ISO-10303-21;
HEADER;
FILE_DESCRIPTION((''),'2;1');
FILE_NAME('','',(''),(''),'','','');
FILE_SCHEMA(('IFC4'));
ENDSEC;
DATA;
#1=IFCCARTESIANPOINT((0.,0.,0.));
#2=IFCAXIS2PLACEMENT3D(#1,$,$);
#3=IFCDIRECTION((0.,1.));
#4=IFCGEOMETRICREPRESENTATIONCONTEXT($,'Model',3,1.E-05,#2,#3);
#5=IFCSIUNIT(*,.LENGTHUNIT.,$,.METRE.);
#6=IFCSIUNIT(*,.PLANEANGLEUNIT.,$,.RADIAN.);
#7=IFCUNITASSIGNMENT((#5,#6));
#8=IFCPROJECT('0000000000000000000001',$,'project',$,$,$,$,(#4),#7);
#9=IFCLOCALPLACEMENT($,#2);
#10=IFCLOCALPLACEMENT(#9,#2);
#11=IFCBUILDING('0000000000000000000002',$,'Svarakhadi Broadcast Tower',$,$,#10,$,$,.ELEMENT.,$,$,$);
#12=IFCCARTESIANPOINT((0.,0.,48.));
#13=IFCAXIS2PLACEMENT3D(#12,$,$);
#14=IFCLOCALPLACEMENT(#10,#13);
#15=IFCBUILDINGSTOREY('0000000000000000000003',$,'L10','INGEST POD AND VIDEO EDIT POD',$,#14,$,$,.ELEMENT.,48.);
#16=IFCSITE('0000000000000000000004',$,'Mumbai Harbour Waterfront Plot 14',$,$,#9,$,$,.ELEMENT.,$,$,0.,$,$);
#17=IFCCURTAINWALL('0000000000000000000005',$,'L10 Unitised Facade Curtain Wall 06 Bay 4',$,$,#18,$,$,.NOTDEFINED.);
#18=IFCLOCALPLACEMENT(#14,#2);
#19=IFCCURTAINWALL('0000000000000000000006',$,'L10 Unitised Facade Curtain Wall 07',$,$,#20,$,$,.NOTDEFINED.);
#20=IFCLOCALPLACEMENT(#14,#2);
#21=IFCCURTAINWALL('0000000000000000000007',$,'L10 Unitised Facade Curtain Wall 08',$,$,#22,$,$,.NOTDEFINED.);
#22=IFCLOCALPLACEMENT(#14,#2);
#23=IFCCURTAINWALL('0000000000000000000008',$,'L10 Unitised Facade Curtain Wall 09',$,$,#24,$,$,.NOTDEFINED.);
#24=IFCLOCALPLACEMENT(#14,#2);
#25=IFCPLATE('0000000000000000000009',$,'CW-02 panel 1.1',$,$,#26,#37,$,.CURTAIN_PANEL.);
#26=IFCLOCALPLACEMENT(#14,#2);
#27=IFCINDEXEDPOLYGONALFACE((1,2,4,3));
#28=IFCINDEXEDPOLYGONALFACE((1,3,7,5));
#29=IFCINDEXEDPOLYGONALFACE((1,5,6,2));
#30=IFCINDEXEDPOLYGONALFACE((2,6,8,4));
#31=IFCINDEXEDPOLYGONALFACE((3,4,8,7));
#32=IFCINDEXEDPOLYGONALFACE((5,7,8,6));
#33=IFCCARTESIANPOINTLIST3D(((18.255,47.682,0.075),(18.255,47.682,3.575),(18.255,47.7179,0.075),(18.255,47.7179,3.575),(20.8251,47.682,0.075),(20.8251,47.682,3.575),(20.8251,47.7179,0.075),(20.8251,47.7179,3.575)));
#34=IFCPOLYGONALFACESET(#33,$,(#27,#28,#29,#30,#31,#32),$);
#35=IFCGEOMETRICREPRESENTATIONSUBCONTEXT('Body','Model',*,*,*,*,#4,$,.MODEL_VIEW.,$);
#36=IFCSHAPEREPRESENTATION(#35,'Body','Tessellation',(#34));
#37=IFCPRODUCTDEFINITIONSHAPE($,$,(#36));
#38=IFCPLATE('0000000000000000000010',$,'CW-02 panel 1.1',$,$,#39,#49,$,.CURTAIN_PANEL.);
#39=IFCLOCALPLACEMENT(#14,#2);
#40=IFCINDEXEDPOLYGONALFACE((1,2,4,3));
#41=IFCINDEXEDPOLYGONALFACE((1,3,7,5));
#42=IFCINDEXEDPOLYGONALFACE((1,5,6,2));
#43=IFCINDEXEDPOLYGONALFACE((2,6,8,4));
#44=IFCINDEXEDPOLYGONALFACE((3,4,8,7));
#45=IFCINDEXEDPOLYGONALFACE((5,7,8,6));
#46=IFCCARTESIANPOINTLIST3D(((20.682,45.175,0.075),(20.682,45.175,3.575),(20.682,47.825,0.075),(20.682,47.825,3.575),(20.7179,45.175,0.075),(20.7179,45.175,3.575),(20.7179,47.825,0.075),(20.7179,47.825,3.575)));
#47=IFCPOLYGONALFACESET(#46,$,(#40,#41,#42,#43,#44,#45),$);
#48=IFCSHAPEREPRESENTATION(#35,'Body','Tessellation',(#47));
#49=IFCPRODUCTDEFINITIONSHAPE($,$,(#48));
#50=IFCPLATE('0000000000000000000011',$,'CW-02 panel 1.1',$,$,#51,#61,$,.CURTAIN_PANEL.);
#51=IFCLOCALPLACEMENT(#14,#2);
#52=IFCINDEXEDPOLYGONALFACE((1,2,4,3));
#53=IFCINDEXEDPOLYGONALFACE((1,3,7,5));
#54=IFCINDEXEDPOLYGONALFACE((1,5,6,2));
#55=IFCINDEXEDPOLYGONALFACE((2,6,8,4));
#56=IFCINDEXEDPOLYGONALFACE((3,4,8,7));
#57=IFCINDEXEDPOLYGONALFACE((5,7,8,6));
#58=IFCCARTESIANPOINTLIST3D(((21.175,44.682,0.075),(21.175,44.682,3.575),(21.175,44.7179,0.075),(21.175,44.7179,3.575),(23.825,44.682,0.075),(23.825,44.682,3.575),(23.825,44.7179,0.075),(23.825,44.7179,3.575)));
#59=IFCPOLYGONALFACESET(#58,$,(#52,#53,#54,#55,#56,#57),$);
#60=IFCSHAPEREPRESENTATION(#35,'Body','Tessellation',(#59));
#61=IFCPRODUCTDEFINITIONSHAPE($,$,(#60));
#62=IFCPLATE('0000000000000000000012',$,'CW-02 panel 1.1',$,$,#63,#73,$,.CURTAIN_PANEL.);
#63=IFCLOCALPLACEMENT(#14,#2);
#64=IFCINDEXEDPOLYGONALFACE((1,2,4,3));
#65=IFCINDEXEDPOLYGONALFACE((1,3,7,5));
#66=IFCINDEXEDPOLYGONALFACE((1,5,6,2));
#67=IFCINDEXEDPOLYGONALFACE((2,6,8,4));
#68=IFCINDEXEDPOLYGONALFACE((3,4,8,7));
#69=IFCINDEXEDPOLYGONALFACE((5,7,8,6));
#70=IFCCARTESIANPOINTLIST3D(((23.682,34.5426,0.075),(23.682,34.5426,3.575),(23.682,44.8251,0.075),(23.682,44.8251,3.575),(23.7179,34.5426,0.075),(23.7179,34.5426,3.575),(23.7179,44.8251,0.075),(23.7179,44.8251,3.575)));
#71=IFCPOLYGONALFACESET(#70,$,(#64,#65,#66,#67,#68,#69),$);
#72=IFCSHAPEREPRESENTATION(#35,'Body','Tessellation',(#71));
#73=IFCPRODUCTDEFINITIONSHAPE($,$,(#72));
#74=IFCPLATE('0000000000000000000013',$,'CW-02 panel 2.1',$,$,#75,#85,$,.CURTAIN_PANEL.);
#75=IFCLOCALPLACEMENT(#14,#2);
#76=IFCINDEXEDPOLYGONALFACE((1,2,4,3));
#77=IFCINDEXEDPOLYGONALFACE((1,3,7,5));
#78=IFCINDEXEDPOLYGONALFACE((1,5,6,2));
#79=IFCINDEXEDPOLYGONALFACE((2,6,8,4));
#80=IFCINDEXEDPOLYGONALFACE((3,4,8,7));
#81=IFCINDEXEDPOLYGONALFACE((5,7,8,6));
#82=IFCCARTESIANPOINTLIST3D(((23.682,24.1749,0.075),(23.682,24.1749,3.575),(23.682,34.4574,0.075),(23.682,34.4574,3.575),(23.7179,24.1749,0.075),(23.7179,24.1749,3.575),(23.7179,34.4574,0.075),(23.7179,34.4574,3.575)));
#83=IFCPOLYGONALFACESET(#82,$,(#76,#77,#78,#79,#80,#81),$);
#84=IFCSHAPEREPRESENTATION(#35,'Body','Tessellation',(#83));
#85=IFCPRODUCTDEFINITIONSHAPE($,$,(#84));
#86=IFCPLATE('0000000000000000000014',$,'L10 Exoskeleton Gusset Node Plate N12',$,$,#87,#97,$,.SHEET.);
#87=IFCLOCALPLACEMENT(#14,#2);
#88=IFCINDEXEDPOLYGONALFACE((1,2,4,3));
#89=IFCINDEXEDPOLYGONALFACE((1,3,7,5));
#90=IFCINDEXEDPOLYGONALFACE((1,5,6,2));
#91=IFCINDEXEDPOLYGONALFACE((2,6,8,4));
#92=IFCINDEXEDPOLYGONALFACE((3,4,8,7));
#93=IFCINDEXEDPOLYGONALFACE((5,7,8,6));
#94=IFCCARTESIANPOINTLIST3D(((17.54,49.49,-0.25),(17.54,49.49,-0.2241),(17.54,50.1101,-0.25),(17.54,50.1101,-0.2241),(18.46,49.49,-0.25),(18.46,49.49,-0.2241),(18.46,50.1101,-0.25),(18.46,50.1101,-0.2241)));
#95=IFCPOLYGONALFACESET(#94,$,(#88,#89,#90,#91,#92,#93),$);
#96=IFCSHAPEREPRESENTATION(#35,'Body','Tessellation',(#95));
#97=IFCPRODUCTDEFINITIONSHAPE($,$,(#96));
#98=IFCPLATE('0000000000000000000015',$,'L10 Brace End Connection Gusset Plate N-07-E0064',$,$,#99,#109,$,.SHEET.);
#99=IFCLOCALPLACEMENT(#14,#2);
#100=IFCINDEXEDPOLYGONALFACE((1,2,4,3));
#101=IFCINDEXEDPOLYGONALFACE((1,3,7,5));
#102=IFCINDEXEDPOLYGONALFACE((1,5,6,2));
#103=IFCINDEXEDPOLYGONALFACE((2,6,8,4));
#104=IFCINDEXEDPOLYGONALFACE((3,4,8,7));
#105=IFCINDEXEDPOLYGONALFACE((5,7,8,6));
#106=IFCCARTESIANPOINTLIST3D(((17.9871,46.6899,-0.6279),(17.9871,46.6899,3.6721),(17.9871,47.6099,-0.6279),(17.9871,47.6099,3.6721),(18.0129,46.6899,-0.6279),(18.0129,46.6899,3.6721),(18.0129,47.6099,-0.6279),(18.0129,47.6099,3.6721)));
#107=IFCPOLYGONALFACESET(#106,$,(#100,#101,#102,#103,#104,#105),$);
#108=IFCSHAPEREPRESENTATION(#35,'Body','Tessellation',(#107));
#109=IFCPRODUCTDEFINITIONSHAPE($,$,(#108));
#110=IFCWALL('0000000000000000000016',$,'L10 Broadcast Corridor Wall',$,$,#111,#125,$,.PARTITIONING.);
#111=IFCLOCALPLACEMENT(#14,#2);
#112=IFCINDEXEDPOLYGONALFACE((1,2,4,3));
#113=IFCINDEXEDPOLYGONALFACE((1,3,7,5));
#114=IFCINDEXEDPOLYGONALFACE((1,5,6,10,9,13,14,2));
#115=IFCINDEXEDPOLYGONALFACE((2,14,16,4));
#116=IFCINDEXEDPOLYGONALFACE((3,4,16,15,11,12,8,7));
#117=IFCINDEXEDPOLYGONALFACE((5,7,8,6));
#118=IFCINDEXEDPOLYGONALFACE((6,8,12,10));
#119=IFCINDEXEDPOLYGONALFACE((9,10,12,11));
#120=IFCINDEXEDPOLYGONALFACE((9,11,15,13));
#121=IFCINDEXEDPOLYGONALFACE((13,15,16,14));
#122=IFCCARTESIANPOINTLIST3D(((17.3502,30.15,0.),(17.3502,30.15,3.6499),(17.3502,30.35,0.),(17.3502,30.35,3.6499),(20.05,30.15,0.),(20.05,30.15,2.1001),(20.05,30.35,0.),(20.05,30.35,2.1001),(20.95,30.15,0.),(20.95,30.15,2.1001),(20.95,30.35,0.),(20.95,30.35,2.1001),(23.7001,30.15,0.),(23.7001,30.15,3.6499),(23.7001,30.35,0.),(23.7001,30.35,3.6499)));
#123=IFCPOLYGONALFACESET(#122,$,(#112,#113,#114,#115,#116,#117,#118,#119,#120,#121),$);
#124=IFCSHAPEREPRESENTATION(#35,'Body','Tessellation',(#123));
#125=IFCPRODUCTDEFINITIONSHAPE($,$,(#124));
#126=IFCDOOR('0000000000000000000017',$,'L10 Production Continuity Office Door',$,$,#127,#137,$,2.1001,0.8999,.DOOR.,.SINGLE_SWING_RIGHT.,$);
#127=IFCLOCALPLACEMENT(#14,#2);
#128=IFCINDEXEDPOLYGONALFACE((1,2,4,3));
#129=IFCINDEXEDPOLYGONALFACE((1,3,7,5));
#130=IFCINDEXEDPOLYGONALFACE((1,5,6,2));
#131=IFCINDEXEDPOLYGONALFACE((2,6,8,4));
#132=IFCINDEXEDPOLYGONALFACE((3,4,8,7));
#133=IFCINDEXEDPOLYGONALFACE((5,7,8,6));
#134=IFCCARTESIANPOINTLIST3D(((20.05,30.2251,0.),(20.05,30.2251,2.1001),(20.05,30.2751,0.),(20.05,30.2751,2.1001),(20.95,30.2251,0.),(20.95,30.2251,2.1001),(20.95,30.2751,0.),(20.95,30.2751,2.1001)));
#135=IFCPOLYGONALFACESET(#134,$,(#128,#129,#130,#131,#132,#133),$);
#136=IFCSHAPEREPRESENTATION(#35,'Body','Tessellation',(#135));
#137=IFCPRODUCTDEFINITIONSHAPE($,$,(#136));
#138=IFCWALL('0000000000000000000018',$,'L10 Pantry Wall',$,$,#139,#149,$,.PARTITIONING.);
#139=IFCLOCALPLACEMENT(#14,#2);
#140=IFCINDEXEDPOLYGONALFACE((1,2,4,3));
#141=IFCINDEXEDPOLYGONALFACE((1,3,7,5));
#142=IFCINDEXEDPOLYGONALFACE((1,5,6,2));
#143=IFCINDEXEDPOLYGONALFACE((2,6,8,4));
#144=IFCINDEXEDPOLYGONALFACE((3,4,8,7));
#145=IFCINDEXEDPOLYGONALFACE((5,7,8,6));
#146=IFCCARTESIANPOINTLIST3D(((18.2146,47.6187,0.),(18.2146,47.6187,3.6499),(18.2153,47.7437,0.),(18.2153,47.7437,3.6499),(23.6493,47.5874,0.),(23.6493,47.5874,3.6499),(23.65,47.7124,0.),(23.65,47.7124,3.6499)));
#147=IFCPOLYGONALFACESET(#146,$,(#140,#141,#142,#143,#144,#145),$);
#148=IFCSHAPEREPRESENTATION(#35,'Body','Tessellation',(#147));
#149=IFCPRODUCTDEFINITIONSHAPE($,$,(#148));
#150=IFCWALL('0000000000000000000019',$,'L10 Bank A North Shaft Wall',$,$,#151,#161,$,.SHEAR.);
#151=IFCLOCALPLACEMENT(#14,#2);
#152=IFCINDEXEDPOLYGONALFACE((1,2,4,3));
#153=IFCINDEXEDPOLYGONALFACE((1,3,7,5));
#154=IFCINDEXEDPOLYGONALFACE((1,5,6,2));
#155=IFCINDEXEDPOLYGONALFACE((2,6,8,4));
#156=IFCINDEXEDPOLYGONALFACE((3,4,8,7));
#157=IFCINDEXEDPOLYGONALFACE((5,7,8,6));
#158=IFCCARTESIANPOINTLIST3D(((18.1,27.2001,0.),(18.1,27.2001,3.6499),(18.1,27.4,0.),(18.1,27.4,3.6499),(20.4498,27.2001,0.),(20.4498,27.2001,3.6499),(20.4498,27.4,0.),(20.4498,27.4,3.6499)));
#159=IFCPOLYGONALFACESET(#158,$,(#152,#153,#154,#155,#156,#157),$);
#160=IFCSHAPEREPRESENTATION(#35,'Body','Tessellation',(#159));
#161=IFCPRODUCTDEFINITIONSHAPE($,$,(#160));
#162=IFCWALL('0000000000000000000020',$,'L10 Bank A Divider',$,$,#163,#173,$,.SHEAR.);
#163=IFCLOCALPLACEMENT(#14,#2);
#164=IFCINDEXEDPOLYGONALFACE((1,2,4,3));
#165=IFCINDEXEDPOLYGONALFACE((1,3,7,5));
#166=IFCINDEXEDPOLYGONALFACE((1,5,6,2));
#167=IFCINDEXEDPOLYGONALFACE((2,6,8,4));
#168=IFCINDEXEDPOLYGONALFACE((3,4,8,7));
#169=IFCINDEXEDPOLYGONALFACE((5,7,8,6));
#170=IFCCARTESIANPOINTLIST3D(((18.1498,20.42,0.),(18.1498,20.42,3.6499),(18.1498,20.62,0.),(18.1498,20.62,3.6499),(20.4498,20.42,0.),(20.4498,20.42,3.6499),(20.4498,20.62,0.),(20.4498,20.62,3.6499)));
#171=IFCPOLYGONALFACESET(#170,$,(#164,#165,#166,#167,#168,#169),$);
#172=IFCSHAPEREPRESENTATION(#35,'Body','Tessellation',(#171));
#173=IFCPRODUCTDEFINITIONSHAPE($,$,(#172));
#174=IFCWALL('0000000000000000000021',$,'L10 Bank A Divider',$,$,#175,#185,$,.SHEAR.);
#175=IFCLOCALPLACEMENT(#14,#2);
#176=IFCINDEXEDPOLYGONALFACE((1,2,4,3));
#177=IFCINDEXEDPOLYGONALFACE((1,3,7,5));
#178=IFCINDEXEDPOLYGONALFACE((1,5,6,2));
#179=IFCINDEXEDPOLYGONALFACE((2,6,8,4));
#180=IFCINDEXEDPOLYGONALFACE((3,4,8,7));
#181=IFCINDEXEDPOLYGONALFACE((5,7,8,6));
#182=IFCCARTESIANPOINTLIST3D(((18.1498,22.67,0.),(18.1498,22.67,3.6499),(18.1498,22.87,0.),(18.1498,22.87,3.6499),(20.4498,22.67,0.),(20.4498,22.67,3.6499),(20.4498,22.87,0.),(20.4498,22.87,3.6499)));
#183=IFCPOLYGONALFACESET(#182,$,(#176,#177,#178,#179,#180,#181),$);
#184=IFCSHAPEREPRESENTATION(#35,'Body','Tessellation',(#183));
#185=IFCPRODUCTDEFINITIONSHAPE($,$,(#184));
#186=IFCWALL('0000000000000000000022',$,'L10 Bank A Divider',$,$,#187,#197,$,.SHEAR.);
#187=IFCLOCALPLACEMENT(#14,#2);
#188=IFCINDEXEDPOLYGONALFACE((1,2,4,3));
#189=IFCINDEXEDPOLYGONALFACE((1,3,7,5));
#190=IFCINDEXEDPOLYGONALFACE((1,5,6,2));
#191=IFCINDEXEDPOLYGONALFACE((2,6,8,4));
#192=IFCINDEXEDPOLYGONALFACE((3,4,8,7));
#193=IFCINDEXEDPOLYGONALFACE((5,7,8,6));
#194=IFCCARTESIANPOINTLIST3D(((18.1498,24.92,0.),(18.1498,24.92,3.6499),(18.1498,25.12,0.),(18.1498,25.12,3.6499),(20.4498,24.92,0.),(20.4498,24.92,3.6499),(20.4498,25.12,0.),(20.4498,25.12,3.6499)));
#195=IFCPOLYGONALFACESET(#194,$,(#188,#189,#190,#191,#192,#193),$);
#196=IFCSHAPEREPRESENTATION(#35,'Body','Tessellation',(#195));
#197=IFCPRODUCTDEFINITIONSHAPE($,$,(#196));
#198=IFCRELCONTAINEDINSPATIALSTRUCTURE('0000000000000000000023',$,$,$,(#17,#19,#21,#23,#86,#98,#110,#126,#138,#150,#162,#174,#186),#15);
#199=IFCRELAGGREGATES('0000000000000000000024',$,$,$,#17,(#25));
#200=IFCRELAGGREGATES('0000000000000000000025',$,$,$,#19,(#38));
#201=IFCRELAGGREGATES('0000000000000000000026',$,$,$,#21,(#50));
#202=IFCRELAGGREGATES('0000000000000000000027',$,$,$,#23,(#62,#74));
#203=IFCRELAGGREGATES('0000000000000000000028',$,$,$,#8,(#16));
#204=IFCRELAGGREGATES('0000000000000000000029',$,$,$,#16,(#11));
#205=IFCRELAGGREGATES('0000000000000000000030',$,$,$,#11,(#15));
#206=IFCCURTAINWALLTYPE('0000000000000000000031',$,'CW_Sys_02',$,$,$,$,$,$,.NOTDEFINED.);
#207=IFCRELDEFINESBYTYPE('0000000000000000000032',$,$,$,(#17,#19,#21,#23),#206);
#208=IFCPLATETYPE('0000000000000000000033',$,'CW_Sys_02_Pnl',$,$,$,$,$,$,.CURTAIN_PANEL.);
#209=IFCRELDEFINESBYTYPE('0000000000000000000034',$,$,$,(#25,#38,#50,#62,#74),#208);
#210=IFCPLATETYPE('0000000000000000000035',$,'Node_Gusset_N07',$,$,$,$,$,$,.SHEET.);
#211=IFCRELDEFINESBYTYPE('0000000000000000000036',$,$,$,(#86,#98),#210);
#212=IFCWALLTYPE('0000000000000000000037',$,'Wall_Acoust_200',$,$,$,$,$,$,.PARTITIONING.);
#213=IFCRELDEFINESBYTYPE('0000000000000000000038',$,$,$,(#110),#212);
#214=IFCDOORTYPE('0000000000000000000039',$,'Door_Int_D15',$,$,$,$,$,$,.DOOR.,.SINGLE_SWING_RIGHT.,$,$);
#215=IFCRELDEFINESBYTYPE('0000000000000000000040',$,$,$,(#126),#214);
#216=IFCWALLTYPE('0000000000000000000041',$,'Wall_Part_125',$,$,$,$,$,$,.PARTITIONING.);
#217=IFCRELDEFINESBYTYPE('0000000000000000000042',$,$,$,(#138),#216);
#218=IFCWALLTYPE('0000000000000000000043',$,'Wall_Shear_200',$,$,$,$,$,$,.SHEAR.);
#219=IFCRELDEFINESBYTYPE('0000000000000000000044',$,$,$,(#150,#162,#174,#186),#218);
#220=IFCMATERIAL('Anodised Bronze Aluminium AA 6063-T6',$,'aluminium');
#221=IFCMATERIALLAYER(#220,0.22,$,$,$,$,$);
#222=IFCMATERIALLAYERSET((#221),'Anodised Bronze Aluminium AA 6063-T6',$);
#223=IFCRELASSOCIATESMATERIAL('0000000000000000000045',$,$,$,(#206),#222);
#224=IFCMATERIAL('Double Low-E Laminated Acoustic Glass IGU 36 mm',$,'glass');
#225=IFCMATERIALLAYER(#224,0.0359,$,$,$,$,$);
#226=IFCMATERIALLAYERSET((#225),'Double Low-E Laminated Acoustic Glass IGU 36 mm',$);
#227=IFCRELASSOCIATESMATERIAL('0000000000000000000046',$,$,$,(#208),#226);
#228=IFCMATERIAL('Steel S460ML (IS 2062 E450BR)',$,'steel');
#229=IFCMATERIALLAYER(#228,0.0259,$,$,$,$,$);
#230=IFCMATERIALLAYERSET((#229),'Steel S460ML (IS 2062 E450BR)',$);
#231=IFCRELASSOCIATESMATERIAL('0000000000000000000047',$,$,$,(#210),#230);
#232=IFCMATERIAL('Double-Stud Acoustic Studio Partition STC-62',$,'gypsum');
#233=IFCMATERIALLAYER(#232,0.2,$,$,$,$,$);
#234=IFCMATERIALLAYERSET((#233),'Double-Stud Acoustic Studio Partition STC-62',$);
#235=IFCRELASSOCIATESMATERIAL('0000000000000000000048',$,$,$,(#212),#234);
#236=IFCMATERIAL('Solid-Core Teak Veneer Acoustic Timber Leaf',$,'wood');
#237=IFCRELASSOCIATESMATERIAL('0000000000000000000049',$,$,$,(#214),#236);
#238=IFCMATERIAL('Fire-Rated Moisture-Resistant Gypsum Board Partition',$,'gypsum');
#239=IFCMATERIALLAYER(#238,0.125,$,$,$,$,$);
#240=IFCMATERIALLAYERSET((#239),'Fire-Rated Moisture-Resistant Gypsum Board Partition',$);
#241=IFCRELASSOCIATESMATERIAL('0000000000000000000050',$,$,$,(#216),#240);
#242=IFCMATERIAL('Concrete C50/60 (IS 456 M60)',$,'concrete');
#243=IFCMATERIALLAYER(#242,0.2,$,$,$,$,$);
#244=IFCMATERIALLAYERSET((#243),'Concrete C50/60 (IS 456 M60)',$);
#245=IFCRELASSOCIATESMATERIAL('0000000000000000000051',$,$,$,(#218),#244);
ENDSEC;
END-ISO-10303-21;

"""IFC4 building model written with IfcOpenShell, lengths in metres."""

from ifc_helpers import new_model, si_unit, direction, frame, frame_2d, origin, origin_2d, place, context, subcontext, project, spatial, rectangle, extrude, material, layer, layer_set, type_object, element, fill, aggregate, save


model = new_model("IFC4")

# Units and contexts
model_context = context("Model", 3, precision=1e-05, world=origin(), true_north=direction((0.0, 1.0)))
body_context = subcontext(model_context, "Body", "Model", "MODEL_VIEW")
ifc_project = project(units=[si_unit("LENGTHUNIT", "METRE"), si_unit("PLANEANGLEUNIT", "RADIAN")], contexts=[model_context])

# Site, building, storey
site_placement = place(None, origin())
site = spatial("IfcSite", under=ifc_project, at=site_placement, Name="Mumbai Harbour Waterfront Plot 14", CompositionType="ELEMENT", RefElevation=0.0)
building_placement = place(site_placement, origin())
building = spatial("IfcBuilding", under=site, at=building_placement, Name="Svarakhadi Broadcast Tower", CompositionType="ELEMENT")
storey_placement = place(building_placement, frame((0.0, 0.0, 48.0)))
storey = spatial("IfcBuildingStorey", under=building, at=storey_placement, Name="L10", Description="INGEST POD AND VIDEO EDIT POD", CompositionType="ELEMENT", Elevation=48.0)

# Curtain walls
ifc_material_1 = material(Name="Anodised Bronze Aluminium AA 6063-T6", Category="aluminium")
ifc_layer_1 = layer(ifc_material_1, 0.22)
ifc_layer_set_1 = layer_set([ifc_layer_1], Name="Anodised Bronze Aluminium AA 6063-T6")
curtain_wall_type = type_object("IfcCurtainWallType", Name="CW_Sys_02", PredefinedType="NOTDEFINED", material=ifc_layer_set_1)
curtain_wall_1_placement = place(storey_placement, origin())
curtain_wall_1 = element("IfcCurtainWall", 1, at=curtain_wall_1_placement, inside=storey, type_object=curtain_wall_type, Name="L10 Unitised Facade Curtain Wall 06 Bay 4", PredefinedType="NOTDEFINED")
curtain_wall_2_placement = place(storey_placement, origin())
curtain_wall_2 = element("IfcCurtainWall", 2, at=curtain_wall_2_placement, inside=storey, type_object=curtain_wall_type, Name="L10 Unitised Facade Curtain Wall 07", PredefinedType="NOTDEFINED")

# Curtain wall
curtain_wall_3_placement = place(storey_placement, origin())
curtain_wall_3 = element("IfcCurtainWall", 3, at=curtain_wall_3_placement, inside=storey, type_object=curtain_wall_type, Name="L10 Unitised Facade Curtain Wall 08", PredefinedType="NOTDEFINED")

# Curtain wall
curtain_wall_4_placement = place(storey_placement, origin())
curtain_wall_4 = element("IfcCurtainWall", 4, at=curtain_wall_4_placement, inside=storey, type_object=curtain_wall_type, Name="L10 Unitised Facade Curtain Wall 09", PredefinedType="NOTDEFINED")

# Shared definitions
ifc_material_2 = material(Name="Steel S460ML (IS 2062 E450BR)", Category="steel")

# Plates
ifc_material_3 = material(Name="Double Low-E Laminated Acoustic Glass IGU 36 mm", Category="glass")
ifc_layer_2 = layer(ifc_material_3, 0.0359)
ifc_layer_set_2 = layer_set([ifc_layer_2], Name="Double Low-E Laminated Acoustic Glass IGU 36 mm")
plate_type_1 = type_object("IfcPlateType", Name="CW_Sys_02_Pnl", PredefinedType="CURTAIN_PANEL", material=ifc_layer_set_2)
plate_1_placement = place(storey_placement, frame((19.54, 47.7, 0.075), z_axis=(0.0, 0.0, 1.0), x_axis=(1.0, 0.0, 0.0)))
plate_1 = element("IfcPlate", 5, at=plate_1_placement, type_object=plate_type_1, Name="CW-02 panel 1.1", PredefinedType="CURTAIN_PANEL", context=body_context, shape_type="SweptSolid", body=[
    extrude(rectangle(XDim=2.5701, YDim=0.0359, at=origin_2d()), origin(), (0.0, 0.0, 1.0), 3.5),
])
aggregate(curtain_wall_1, [plate_1])
plate_2_placement = place(storey_placement, frame((20.7, 46.5, 0.075), z_axis=(0.0, 0.0, 1.0), x_axis=(0.0, -1.0, 0.0)))
plate_2 = element("IfcPlate", 6, at=plate_2_placement, type_object=plate_type_1, Name="CW-02 panel 1.1", PredefinedType="CURTAIN_PANEL", context=body_context, shape_type="SweptSolid", body=[
    extrude(rectangle(XDim=2.6499, YDim=0.0359, at=origin_2d()), origin(), (0.0, 0.0, 1.0), 3.5),
])
aggregate(curtain_wall_2, [plate_2])
plate_3_placement = place(storey_placement, frame((22.5, 44.7, 0.075), z_axis=(0.0, 0.0, 1.0), x_axis=(1.0, 0.0, 0.0)))
plate_3 = element("IfcPlate", 7, at=plate_3_placement, type_object=plate_type_1, Name="CW-02 panel 1.1", PredefinedType="CURTAIN_PANEL", context=body_context, shape_type="SweptSolid", body=[
    extrude(rectangle(XDim=2.6499, YDim=0.0359, at=origin_2d()), origin(), (0.0, 0.0, 1.0), 3.5),
])
aggregate(curtain_wall_3, [plate_3])
plate_4_placement = place(storey_placement, frame((23.7, 39.6838, 0.075), z_axis=(0.0, 0.0, 1.0), x_axis=(0.0, -1.0, 0.0)))
plate_4 = element("IfcPlate", 8, at=plate_4_placement, type_object=plate_type_1, Name="CW-02 panel 1.1", PredefinedType="CURTAIN_PANEL", context=body_context, shape_type="SweptSolid", body=[
    extrude(rectangle(XDim=10.2825, YDim=0.0359, at=origin_2d()), origin(), (0.0, 0.0, 1.0), 3.5),
])
plate_5_placement = place(storey_placement, frame((23.7, 29.3162, 0.075), z_axis=(0.0, 0.0, 1.0), x_axis=(0.0, -1.0, 0.0)))
plate_5 = element("IfcPlate", 9, at=plate_5_placement, type_object=plate_type_1, Name="CW-02 panel 2.1", PredefinedType="CURTAIN_PANEL", context=body_context, shape_type="SweptSolid", body=[
    extrude(rectangle(XDim=10.2825, YDim=0.0359, at=origin_2d()), origin(), (0.0, 0.0, 1.0), 3.5),
])
aggregate(curtain_wall_4, [plate_4, plate_5])

# Plates
ifc_layer_3 = layer(ifc_material_2, 0.0259)
ifc_layer_set_3 = layer_set([ifc_layer_3], Name="Steel S460ML (IS 2062 E450BR)")
plate_type_2 = type_object("IfcPlateType", Name="Node_Gusset_N07", PredefinedType="SHEET", material=ifc_layer_set_3)
plate_6_placement = place(storey_placement, frame((18.0, 49.8, -0.25), z_axis=(0.0, 0.0, 1.0), x_axis=(1.0, 0.0, 0.0)))
element("IfcPlate", 10, at=plate_6_placement, inside=storey, type_object=plate_type_2, Name="L10 Exoskeleton Gusset Node Plate N12", PredefinedType="SHEET", context=body_context, shape_type="SweptSolid", body=[
    extrude(rectangle(XDim=0.9199, YDim=0.6201, at=origin_2d()), origin(), (0.0, 0.0, 1.0), 0.0259),
])
plate_7_placement = place(storey_placement, frame((18.0, 47.1499, -0.6279), z_axis=(0.0, 0.0, 1.0), x_axis=(0.0, 1.0, 0.0)))
element("IfcPlate", 11, at=plate_7_placement, inside=storey, type_object=plate_type_2, Name="L10 Brace End Connection Gusset Plate N-07-E0064", PredefinedType="SHEET", context=body_context, shape_type="SweptSolid", body=[
    extrude(rectangle(XDim=0.9199, YDim=0.0259, at=origin_2d()), origin(), (0.0, 0.0, 1.0), 4.3),
])

# Wall, opening, door
ifc_material_4 = material(Name="Double-Stud Acoustic Studio Partition STC-62", Category="gypsum")
ifc_layer_4 = layer(ifc_material_4, 0.2)
ifc_layer_set_4 = layer_set([ifc_layer_4], Name="Double-Stud Acoustic Studio Partition STC-62")
wall_type_1 = type_object("IfcWallType", Name="Wall_Acoust_200", PredefinedType="PARTITIONING", material=ifc_layer_set_4)
wall_1_placement = place(storey_placement, frame((23.7, 30.25, 0.0), z_axis=(0.0, 0.0, 1.0), x_axis=(-1.0, 0.0, 0.0)))
wall_1 = element("IfcWall", 12, at=wall_1_placement, inside=storey, type_object=wall_type_1, Name="L10 Broadcast Corridor Wall", PredefinedType="PARTITIONING", context=body_context, shape_type="SweptSolid", body=[
    extrude(rectangle(XDim=6.3499, YDim=0.2, at=frame_2d((3.1748, 0.0))), origin(), (0.0, 0.0, 1.0), 3.6499),
])
opening_placement = place(wall_1_placement, frame((2.75, 0.0, 0.0)))
opening = element("IfcOpeningElement", 13, at=opening_placement, cuts=wall_1, PredefinedType="OPENING", context=body_context, shape_type="SweptSolid", body=[
    extrude(rectangle(XDim=0.8999, YDim=2.1001, at=frame_2d((0.45, 1.05))), frame((0.0, 0.1099, 0.0), z_axis=(0.0, -1.0, 0.0), x_axis=(1.0, 0.0, 0.0)), (0.0, 0.0, 1.0), 0.22),
])
ifc_material_5 = material(Name="Solid-Core Teak Veneer Acoustic Timber Leaf", Category="wood")
door_type = type_object("IfcDoorType", Name="Door_Int_D15", OperationType="SINGLE_SWING_RIGHT", PredefinedType="DOOR", material=ifc_material_5)
door_placement = place(opening_placement, origin())
door = element("IfcDoor", 14, at=door_placement, inside=storey, type_object=door_type, Name="L10 Production Continuity Office Door", OperationType="SINGLE_SWING_RIGHT", OverallHeight=2.1001, OverallWidth=0.8999, PredefinedType="DOOR", context=body_context, shape_type="SweptSolid", body=[
    extrude(rectangle(XDim=0.8999, YDim=2.1001, at=frame_2d((0.45, 1.05))), frame((0.0, 0.0249, 0.0), z_axis=(0.0, -1.0, 0.0), x_axis=(1.0, 0.0, 0.0)), (0.0, 0.0, 1.0), 0.05),
])
fill(opening, door)

# Walls
ifc_material_6 = material(Name="Fire-Rated Moisture-Resistant Gypsum Board Partition", Category="gypsum")
ifc_layer_5 = layer(ifc_material_6, 0.125)
ifc_layer_set_5 = layer_set([ifc_layer_5], Name="Fire-Rated Moisture-Resistant Gypsum Board Partition")
wall_type_2 = type_object("IfcWallType", Name="Wall_Part_125", PredefinedType="PARTITIONING", material=ifc_layer_set_5)
wall_2_placement = place(storey_placement, frame((18.2151, 47.6812, 0.0), z_axis=(0.0, 0.0, 1.0), x_axis=(0.999983, -0.00575, 0.0)))
element("IfcWall", 15, at=wall_2_placement, inside=storey, type_object=wall_type_2, Name="L10 Pantry Wall", PredefinedType="PARTITIONING", context=body_context, shape_type="SweptSolid", body=[
    extrude(rectangle(XDim=5.4348, YDim=0.125, at=frame_2d((2.7173, 0.0))), origin(), (0.0, 0.0, 1.0), 3.6499),
])
ifc_material_7 = material(Name="Concrete C50/60 (IS 456 M60)", Category="concrete")
ifc_layer_6 = layer(ifc_material_7, 0.2)
ifc_layer_set_6 = layer_set([ifc_layer_6], Name="Concrete C50/60 (IS 456 M60)")
wall_type_3 = type_object("IfcWallType", Name="Wall_Shear_200", PredefinedType="SHEAR", material=ifc_layer_set_6)
wall_3_placement = place(storey_placement, frame((18.1001, 27.3, 0.0), z_axis=(0.0, 0.0, 1.0), x_axis=(1.0, 0.0, 0.0)))
element("IfcWall", 16, at=wall_3_placement, inside=storey, type_object=wall_type_3, Name="L10 Bank A North Shaft Wall", PredefinedType="SHEAR", context=body_context, shape_type="SweptSolid", body=[
    extrude(rectangle(XDim=2.3499, YDim=0.2, at=frame_2d((1.1748, 0.0))), origin(), (0.0, 0.0, 1.0), 3.6499),
])
for number, where, z_axis, x_axis, name in (
    (17, (18.1499, 20.52, 0.0), (0.0, 0.0, 1.0), (1.0, 0.0, 0.0), "L10 Bank A Divider"),
    (18, (18.1499, 22.77, 0.0), (0.0, 0.0, 1.0), (1.0, 0.0, 0.0), "L10 Bank A Divider"),
    (19, (18.1499, 25.02, 0.0), (0.0, 0.0, 1.0), (1.0, 0.0, 0.0), "L10 Bank A Divider"),
):
    element("IfcWall", number, at=place(storey_placement, frame(where, z_axis=z_axis, x_axis=x_axis)), inside=storey, type_object=wall_type_3, Name=name, PredefinedType="SHEAR", context=body_context, shape_type="SweptSolid", body=[
        extrude(rectangle(XDim=2.3, YDim=0.2, at=frame_2d((1.1499, 0.0))), origin(), (0.0, 0.0, 1.0), 3.6499),
    ])

save(model, "model.ifc")
